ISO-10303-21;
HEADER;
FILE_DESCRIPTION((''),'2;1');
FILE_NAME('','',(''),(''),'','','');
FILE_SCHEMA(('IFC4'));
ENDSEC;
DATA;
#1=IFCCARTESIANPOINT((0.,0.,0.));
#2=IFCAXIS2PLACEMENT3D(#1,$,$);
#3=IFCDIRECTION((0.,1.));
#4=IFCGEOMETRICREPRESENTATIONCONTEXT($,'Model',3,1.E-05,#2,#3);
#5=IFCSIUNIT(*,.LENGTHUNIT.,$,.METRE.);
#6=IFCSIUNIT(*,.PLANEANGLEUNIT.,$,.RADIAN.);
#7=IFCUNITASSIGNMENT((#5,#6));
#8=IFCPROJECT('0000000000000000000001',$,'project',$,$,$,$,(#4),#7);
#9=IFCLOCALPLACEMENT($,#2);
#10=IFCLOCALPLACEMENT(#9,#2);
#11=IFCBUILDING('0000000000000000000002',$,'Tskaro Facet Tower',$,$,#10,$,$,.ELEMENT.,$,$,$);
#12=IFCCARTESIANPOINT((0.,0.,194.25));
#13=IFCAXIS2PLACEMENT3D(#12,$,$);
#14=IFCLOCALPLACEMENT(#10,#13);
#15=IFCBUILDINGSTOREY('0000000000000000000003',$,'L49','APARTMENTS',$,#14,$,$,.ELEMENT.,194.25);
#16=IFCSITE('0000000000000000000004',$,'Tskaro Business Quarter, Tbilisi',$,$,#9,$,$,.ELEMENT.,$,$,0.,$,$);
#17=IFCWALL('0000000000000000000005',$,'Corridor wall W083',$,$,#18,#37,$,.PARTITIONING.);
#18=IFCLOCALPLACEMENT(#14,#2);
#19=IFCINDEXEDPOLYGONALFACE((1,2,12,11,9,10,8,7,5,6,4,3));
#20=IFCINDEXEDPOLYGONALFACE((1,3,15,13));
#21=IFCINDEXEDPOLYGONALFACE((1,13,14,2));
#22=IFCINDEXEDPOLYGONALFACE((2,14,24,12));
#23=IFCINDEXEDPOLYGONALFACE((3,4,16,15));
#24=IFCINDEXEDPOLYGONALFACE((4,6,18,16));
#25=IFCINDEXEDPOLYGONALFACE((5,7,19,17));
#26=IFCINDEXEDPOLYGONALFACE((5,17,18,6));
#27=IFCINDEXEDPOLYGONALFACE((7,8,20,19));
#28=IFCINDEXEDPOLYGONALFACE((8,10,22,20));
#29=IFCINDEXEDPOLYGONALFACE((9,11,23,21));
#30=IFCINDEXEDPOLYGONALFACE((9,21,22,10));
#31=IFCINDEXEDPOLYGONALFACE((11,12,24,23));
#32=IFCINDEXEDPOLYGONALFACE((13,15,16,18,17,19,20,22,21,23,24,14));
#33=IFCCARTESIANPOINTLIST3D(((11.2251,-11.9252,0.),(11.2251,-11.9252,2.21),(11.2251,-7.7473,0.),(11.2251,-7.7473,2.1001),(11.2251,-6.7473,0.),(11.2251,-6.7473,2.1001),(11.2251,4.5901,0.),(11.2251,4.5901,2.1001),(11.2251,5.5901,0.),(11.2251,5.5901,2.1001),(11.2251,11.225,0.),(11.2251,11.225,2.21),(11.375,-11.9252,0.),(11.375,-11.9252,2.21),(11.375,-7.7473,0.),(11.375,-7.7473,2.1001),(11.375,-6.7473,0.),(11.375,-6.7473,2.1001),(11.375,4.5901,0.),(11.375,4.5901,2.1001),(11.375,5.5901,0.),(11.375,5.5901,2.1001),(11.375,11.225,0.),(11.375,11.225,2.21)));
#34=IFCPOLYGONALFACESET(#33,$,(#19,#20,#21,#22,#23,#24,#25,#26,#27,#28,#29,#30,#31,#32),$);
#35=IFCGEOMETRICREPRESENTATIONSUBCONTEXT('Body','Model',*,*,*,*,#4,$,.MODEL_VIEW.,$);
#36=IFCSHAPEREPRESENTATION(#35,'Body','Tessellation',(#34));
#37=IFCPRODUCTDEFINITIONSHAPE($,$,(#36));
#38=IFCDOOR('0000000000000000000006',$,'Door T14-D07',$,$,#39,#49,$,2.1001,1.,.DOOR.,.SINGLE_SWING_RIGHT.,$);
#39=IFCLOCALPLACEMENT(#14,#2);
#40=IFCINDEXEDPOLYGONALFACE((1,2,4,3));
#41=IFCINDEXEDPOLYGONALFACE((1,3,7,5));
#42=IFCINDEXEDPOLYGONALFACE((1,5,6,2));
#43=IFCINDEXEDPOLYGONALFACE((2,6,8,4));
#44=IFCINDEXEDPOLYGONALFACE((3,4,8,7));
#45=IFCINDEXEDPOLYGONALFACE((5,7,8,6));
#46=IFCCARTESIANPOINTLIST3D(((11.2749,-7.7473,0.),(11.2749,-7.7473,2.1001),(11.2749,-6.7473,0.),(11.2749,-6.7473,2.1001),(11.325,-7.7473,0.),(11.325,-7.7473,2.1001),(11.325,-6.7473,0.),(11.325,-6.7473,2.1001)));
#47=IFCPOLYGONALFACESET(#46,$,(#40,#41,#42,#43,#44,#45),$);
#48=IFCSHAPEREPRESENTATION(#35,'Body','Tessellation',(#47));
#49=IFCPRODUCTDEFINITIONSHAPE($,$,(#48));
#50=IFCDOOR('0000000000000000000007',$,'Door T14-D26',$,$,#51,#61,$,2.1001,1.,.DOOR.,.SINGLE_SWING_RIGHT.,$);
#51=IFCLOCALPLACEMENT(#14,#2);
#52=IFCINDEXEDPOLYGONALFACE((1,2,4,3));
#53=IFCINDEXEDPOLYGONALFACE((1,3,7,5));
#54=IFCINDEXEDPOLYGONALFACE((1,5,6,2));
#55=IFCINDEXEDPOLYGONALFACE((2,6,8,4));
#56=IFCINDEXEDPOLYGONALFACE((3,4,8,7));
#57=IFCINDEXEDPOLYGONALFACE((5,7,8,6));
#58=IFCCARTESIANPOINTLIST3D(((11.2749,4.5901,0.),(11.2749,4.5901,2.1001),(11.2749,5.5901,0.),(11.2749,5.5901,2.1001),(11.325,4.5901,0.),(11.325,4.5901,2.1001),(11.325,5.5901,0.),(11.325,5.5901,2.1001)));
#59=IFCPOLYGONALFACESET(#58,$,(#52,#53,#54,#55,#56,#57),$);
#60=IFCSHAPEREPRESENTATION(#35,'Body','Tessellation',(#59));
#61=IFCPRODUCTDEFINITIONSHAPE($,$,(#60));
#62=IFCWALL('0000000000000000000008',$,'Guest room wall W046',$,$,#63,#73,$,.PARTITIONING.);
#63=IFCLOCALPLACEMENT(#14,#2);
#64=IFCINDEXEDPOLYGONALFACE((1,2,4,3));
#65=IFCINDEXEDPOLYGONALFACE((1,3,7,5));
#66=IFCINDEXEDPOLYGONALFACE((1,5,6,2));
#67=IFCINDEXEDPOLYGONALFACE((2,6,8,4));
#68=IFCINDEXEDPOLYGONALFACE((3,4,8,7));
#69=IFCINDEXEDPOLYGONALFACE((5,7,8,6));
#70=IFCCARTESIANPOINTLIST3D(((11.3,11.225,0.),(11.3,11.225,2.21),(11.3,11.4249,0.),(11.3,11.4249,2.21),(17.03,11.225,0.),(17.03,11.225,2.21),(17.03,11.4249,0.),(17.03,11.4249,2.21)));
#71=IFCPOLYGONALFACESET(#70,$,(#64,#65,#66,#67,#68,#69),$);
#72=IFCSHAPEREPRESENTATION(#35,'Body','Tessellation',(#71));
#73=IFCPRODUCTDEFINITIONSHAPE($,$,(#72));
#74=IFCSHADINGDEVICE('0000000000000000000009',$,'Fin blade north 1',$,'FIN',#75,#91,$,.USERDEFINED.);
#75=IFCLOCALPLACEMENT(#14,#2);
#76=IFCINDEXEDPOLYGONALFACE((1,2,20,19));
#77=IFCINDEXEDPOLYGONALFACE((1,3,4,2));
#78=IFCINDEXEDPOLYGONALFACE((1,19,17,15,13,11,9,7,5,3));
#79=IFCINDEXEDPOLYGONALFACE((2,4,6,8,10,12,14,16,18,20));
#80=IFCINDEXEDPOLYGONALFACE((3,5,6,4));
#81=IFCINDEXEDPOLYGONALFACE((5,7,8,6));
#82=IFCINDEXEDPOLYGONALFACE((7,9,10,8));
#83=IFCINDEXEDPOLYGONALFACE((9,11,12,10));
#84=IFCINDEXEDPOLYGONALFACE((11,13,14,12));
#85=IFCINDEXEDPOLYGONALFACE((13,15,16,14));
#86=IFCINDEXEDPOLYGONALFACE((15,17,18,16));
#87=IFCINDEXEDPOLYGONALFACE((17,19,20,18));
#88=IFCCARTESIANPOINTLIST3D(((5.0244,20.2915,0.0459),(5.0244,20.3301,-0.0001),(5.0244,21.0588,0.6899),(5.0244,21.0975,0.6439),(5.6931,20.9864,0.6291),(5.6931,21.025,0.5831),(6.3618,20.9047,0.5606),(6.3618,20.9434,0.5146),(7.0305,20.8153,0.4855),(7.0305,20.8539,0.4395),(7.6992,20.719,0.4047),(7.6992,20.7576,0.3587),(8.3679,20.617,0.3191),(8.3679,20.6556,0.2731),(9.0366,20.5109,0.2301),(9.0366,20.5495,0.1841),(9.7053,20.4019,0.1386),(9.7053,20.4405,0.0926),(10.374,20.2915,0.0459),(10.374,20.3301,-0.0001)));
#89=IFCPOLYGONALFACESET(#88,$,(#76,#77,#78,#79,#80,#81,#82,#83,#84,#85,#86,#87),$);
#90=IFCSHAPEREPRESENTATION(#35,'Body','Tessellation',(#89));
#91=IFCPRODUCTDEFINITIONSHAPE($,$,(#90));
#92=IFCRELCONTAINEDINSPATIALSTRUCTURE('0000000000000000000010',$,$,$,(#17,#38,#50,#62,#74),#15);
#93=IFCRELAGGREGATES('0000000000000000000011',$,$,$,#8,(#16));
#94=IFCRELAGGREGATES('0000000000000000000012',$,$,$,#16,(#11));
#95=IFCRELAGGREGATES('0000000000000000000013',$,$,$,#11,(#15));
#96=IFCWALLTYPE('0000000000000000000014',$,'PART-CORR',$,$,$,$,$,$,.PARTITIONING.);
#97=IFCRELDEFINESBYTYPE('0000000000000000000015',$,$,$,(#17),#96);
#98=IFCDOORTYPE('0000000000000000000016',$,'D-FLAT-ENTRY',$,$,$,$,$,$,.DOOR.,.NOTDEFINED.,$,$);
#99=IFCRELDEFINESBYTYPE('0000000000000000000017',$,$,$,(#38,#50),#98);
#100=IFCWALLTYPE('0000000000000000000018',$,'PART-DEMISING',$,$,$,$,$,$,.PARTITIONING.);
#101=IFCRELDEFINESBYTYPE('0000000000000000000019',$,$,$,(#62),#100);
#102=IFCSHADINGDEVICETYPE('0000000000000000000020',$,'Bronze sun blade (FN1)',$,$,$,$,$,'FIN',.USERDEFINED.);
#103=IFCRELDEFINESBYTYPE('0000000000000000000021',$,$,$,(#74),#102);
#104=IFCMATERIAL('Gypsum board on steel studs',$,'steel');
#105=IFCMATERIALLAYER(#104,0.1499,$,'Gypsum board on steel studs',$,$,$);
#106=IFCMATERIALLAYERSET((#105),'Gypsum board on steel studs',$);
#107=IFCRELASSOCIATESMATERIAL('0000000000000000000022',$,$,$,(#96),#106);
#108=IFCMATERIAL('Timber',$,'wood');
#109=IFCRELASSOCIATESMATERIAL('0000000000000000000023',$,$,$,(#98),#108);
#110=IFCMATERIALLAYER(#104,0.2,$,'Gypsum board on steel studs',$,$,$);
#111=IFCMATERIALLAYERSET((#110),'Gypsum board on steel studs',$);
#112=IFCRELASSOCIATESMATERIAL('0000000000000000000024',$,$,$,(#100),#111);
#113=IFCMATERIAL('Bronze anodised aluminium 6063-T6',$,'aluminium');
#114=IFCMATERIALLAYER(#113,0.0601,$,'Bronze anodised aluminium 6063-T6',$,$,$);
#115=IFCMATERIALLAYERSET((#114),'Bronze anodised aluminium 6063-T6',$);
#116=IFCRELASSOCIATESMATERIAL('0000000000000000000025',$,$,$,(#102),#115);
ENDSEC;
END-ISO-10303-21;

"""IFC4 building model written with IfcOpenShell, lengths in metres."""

from ifc_helpers import new_model, si_unit, direction, frame, frame_2d, origin, place, context, subcontext, project, spatial, polyline, rectangle, outline, extrude, material, layer, layer_set, type_object, element, fill, save


model = new_model("IFC4")

# Units and contexts
model_context = context("Model", 3, precision=1e-05, world=origin(), true_north=direction((0.0, 1.0)))
body_context = subcontext(model_context, "Body", "Model", "MODEL_VIEW")
ifc_project = project(units=[si_unit("LENGTHUNIT", "METRE"), si_unit("PLANEANGLEUNIT", "RADIAN")], contexts=[model_context])

# Site, building, storey
site_placement = place(None, origin())
site = spatial("IfcSite", under=ifc_project, at=site_placement, Name="Tskaro Business Quarter, Tbilisi", CompositionType="ELEMENT", RefElevation=0.0)
building_placement = place(site_placement, origin())
building = spatial("IfcBuilding", under=site, at=building_placement, Name="Tskaro Facet Tower", CompositionType="ELEMENT")
storey_placement = place(building_placement, frame((0.0, 0.0, 194.25)))
storey = spatial("IfcBuildingStorey", under=building, at=storey_placement, Name="L49", Description="APARTMENTS", CompositionType="ELEMENT", Elevation=194.25)

# Shared definitions
ifc_material_1 = material(Name="Bronze anodised aluminium 6063-T6", Category="aluminium")

# Wall, openings, doors
ifc_material_2 = material(Name="Gypsum board on steel studs", Category="steel")
ifc_layer_1 = layer(ifc_material_2, 0.1499, Name="Gypsum board on steel studs")
ifc_layer_set_1 = layer_set([ifc_layer_1], Name="Gypsum board on steel studs")
wall_type_1 = type_object("IfcWallType", Name="PART-CORR", PredefinedType="PARTITIONING", material=ifc_layer_set_1)
wall_1_placement = place(storey_placement, frame((11.3, 11.2251, 0.0), z_axis=(0.0, 0.0, 1.0), x_axis=(0.0, -1.0, 0.0)))
wall_1 = element("IfcWall", 1, at=wall_1_placement, inside=storey, type_object=wall_type_1, Name="Corridor wall W083", PredefinedType="PARTITIONING", context=body_context, shape_type="SweptSolid", body=[
    extrude(rectangle(XDim=23.1501, YDim=0.1499, at=frame_2d((11.5752, 0.0))), origin(), (0.0, 0.0, 1.0), 2.21),
])
opening_1_placement = place(wall_1_placement, frame((17.9724, 0.0, 0.0)))
opening_1 = element("IfcOpeningElement", 2, at=opening_1_placement, cuts=wall_1, PredefinedType="OPENING", context=body_context, shape_type="SweptSolid", body=[
    extrude(rectangle(XDim=1.0, YDim=2.1001, at=frame_2d((0.5, 1.05))), frame((0.0, 0.085, 0.0), z_axis=(0.0, -1.0, 0.0), x_axis=(1.0, 0.0, 0.0)), (0.0, 0.0, 1.0), 0.1699),
])
opening_2_placement = place(wall_1_placement, frame((5.635, 0.0, 0.0)))
opening_2 = element("IfcOpeningElement", 3, at=opening_2_placement, cuts=wall_1, PredefinedType="OPENING", context=body_context, shape_type="SweptSolid", body=[
    extrude(rectangle(XDim=1.0, YDim=2.1001, at=frame_2d((0.5, 1.05))), frame((0.0, 0.085, 0.0), z_axis=(0.0, -1.0, 0.0), x_axis=(1.0, 0.0, 0.0)), (0.0, 0.0, 1.0), 0.1699),
])
ifc_material_3 = material(Name="Timber", Category="wood")
door_type = type_object("IfcDoorType", Name="D-FLAT-ENTRY", OperationType="NOTDEFINED", PredefinedType="DOOR", material=ifc_material_3)
door_1_placement = place(opening_1_placement, origin())
door_1 = element("IfcDoor", 4, at=door_1_placement, inside=storey, type_object=door_type, Name="Door T14-D07", OperationType="SINGLE_SWING_RIGHT", OverallHeight=2.1001, OverallWidth=1.0, PredefinedType="DOOR", context=body_context, shape_type="SweptSolid", body=[
    extrude(rectangle(XDim=1.0, YDim=2.1001, at=frame_2d((0.5, 1.05))), frame((0.0, 0.0249, 0.0), z_axis=(0.0, -1.0, 0.0), x_axis=(1.0, 0.0, 0.0)), (0.0, 0.0, 1.0), 0.05),
])
fill(opening_1, door_1)
door_2_placement = place(opening_2_placement, origin())
door_2 = element("IfcDoor", 5, at=door_2_placement, inside=storey, type_object=door_type, Name="Door T14-D26", OperationType="SINGLE_SWING_RIGHT", OverallHeight=2.1001, OverallWidth=1.0, PredefinedType="DOOR", context=body_context, shape_type="SweptSolid", body=[
    extrude(rectangle(XDim=1.0, YDim=2.1001, at=frame_2d((0.5, 1.05))), frame((0.0, 0.0249, 0.0), z_axis=(0.0, -1.0, 0.0), x_axis=(1.0, 0.0, 0.0)), (0.0, 0.0, 1.0), 0.05),
])
fill(opening_2, door_2)

# Wall
ifc_layer_2 = layer(ifc_material_2, 0.2, Name="Gypsum board on steel studs")
ifc_layer_set_2 = layer_set([ifc_layer_2], Name="Gypsum board on steel studs")
wall_type_2 = type_object("IfcWallType", Name="PART-DEMISING", PredefinedType="PARTITIONING", material=ifc_layer_set_2)
wall_2_placement = place(storey_placement, frame((11.3, 11.325, 0.0), z_axis=(0.0, 0.0, 1.0), x_axis=(1.0, 0.0, 0.0)))
element("IfcWall", 6, at=wall_2_placement, inside=storey, type_object=wall_type_2, Name="Guest room wall W046", PredefinedType="PARTITIONING", context=body_context, shape_type="SweptSolid", body=[
    extrude(rectangle(XDim=5.73, YDim=0.2, at=frame_2d((2.865, 0.0))), origin(), (0.0, 0.0, 1.0), 2.21),
])

# Shading device
ifc_layer_3 = layer(ifc_material_1, 0.0601, Name="Bronze anodised aluminium 6063-T6")
ifc_layer_set_3 = layer_set([ifc_layer_3], Name="Bronze anodised aluminium 6063-T6")
shading_device_type = type_object("IfcShadingDeviceType", Name="Bronze sun blade (FN1)", ElementType="FIN", PredefinedType="USERDEFINED", material=ifc_layer_set_3)
shading_device_placement = place(storey_placement, frame((10.374, 20.2915, 0.0459), z_axis=(-0.000009, -0.642927, 0.765928), x_axis=(-1.0, 0.000006, -0.000007)))
element("IfcShadingDevice", 7, at=shading_device_placement, inside=storey, type_object=shading_device_type, Name="Fin blade north 1", ObjectType="FIN", PredefinedType="USERDEFINED", context=body_context, shape_type="SweptSolid", body=[
    extrude(outline(polyline([(0.0, 0.0), (5.3496, 0.0), (5.3496, -1.0018), (4.6809, -0.9072), (4.0122, -0.8006), (3.3435, -0.6838), (2.6748, -0.5582), (2.0061, -0.4249), (1.3374, -0.2865), (0.6687, -0.1442), (0.0, 0.0)])), origin(), (0.0, 0.0, -1.0), 0.0601),
])

save(model, "model.ifc")
